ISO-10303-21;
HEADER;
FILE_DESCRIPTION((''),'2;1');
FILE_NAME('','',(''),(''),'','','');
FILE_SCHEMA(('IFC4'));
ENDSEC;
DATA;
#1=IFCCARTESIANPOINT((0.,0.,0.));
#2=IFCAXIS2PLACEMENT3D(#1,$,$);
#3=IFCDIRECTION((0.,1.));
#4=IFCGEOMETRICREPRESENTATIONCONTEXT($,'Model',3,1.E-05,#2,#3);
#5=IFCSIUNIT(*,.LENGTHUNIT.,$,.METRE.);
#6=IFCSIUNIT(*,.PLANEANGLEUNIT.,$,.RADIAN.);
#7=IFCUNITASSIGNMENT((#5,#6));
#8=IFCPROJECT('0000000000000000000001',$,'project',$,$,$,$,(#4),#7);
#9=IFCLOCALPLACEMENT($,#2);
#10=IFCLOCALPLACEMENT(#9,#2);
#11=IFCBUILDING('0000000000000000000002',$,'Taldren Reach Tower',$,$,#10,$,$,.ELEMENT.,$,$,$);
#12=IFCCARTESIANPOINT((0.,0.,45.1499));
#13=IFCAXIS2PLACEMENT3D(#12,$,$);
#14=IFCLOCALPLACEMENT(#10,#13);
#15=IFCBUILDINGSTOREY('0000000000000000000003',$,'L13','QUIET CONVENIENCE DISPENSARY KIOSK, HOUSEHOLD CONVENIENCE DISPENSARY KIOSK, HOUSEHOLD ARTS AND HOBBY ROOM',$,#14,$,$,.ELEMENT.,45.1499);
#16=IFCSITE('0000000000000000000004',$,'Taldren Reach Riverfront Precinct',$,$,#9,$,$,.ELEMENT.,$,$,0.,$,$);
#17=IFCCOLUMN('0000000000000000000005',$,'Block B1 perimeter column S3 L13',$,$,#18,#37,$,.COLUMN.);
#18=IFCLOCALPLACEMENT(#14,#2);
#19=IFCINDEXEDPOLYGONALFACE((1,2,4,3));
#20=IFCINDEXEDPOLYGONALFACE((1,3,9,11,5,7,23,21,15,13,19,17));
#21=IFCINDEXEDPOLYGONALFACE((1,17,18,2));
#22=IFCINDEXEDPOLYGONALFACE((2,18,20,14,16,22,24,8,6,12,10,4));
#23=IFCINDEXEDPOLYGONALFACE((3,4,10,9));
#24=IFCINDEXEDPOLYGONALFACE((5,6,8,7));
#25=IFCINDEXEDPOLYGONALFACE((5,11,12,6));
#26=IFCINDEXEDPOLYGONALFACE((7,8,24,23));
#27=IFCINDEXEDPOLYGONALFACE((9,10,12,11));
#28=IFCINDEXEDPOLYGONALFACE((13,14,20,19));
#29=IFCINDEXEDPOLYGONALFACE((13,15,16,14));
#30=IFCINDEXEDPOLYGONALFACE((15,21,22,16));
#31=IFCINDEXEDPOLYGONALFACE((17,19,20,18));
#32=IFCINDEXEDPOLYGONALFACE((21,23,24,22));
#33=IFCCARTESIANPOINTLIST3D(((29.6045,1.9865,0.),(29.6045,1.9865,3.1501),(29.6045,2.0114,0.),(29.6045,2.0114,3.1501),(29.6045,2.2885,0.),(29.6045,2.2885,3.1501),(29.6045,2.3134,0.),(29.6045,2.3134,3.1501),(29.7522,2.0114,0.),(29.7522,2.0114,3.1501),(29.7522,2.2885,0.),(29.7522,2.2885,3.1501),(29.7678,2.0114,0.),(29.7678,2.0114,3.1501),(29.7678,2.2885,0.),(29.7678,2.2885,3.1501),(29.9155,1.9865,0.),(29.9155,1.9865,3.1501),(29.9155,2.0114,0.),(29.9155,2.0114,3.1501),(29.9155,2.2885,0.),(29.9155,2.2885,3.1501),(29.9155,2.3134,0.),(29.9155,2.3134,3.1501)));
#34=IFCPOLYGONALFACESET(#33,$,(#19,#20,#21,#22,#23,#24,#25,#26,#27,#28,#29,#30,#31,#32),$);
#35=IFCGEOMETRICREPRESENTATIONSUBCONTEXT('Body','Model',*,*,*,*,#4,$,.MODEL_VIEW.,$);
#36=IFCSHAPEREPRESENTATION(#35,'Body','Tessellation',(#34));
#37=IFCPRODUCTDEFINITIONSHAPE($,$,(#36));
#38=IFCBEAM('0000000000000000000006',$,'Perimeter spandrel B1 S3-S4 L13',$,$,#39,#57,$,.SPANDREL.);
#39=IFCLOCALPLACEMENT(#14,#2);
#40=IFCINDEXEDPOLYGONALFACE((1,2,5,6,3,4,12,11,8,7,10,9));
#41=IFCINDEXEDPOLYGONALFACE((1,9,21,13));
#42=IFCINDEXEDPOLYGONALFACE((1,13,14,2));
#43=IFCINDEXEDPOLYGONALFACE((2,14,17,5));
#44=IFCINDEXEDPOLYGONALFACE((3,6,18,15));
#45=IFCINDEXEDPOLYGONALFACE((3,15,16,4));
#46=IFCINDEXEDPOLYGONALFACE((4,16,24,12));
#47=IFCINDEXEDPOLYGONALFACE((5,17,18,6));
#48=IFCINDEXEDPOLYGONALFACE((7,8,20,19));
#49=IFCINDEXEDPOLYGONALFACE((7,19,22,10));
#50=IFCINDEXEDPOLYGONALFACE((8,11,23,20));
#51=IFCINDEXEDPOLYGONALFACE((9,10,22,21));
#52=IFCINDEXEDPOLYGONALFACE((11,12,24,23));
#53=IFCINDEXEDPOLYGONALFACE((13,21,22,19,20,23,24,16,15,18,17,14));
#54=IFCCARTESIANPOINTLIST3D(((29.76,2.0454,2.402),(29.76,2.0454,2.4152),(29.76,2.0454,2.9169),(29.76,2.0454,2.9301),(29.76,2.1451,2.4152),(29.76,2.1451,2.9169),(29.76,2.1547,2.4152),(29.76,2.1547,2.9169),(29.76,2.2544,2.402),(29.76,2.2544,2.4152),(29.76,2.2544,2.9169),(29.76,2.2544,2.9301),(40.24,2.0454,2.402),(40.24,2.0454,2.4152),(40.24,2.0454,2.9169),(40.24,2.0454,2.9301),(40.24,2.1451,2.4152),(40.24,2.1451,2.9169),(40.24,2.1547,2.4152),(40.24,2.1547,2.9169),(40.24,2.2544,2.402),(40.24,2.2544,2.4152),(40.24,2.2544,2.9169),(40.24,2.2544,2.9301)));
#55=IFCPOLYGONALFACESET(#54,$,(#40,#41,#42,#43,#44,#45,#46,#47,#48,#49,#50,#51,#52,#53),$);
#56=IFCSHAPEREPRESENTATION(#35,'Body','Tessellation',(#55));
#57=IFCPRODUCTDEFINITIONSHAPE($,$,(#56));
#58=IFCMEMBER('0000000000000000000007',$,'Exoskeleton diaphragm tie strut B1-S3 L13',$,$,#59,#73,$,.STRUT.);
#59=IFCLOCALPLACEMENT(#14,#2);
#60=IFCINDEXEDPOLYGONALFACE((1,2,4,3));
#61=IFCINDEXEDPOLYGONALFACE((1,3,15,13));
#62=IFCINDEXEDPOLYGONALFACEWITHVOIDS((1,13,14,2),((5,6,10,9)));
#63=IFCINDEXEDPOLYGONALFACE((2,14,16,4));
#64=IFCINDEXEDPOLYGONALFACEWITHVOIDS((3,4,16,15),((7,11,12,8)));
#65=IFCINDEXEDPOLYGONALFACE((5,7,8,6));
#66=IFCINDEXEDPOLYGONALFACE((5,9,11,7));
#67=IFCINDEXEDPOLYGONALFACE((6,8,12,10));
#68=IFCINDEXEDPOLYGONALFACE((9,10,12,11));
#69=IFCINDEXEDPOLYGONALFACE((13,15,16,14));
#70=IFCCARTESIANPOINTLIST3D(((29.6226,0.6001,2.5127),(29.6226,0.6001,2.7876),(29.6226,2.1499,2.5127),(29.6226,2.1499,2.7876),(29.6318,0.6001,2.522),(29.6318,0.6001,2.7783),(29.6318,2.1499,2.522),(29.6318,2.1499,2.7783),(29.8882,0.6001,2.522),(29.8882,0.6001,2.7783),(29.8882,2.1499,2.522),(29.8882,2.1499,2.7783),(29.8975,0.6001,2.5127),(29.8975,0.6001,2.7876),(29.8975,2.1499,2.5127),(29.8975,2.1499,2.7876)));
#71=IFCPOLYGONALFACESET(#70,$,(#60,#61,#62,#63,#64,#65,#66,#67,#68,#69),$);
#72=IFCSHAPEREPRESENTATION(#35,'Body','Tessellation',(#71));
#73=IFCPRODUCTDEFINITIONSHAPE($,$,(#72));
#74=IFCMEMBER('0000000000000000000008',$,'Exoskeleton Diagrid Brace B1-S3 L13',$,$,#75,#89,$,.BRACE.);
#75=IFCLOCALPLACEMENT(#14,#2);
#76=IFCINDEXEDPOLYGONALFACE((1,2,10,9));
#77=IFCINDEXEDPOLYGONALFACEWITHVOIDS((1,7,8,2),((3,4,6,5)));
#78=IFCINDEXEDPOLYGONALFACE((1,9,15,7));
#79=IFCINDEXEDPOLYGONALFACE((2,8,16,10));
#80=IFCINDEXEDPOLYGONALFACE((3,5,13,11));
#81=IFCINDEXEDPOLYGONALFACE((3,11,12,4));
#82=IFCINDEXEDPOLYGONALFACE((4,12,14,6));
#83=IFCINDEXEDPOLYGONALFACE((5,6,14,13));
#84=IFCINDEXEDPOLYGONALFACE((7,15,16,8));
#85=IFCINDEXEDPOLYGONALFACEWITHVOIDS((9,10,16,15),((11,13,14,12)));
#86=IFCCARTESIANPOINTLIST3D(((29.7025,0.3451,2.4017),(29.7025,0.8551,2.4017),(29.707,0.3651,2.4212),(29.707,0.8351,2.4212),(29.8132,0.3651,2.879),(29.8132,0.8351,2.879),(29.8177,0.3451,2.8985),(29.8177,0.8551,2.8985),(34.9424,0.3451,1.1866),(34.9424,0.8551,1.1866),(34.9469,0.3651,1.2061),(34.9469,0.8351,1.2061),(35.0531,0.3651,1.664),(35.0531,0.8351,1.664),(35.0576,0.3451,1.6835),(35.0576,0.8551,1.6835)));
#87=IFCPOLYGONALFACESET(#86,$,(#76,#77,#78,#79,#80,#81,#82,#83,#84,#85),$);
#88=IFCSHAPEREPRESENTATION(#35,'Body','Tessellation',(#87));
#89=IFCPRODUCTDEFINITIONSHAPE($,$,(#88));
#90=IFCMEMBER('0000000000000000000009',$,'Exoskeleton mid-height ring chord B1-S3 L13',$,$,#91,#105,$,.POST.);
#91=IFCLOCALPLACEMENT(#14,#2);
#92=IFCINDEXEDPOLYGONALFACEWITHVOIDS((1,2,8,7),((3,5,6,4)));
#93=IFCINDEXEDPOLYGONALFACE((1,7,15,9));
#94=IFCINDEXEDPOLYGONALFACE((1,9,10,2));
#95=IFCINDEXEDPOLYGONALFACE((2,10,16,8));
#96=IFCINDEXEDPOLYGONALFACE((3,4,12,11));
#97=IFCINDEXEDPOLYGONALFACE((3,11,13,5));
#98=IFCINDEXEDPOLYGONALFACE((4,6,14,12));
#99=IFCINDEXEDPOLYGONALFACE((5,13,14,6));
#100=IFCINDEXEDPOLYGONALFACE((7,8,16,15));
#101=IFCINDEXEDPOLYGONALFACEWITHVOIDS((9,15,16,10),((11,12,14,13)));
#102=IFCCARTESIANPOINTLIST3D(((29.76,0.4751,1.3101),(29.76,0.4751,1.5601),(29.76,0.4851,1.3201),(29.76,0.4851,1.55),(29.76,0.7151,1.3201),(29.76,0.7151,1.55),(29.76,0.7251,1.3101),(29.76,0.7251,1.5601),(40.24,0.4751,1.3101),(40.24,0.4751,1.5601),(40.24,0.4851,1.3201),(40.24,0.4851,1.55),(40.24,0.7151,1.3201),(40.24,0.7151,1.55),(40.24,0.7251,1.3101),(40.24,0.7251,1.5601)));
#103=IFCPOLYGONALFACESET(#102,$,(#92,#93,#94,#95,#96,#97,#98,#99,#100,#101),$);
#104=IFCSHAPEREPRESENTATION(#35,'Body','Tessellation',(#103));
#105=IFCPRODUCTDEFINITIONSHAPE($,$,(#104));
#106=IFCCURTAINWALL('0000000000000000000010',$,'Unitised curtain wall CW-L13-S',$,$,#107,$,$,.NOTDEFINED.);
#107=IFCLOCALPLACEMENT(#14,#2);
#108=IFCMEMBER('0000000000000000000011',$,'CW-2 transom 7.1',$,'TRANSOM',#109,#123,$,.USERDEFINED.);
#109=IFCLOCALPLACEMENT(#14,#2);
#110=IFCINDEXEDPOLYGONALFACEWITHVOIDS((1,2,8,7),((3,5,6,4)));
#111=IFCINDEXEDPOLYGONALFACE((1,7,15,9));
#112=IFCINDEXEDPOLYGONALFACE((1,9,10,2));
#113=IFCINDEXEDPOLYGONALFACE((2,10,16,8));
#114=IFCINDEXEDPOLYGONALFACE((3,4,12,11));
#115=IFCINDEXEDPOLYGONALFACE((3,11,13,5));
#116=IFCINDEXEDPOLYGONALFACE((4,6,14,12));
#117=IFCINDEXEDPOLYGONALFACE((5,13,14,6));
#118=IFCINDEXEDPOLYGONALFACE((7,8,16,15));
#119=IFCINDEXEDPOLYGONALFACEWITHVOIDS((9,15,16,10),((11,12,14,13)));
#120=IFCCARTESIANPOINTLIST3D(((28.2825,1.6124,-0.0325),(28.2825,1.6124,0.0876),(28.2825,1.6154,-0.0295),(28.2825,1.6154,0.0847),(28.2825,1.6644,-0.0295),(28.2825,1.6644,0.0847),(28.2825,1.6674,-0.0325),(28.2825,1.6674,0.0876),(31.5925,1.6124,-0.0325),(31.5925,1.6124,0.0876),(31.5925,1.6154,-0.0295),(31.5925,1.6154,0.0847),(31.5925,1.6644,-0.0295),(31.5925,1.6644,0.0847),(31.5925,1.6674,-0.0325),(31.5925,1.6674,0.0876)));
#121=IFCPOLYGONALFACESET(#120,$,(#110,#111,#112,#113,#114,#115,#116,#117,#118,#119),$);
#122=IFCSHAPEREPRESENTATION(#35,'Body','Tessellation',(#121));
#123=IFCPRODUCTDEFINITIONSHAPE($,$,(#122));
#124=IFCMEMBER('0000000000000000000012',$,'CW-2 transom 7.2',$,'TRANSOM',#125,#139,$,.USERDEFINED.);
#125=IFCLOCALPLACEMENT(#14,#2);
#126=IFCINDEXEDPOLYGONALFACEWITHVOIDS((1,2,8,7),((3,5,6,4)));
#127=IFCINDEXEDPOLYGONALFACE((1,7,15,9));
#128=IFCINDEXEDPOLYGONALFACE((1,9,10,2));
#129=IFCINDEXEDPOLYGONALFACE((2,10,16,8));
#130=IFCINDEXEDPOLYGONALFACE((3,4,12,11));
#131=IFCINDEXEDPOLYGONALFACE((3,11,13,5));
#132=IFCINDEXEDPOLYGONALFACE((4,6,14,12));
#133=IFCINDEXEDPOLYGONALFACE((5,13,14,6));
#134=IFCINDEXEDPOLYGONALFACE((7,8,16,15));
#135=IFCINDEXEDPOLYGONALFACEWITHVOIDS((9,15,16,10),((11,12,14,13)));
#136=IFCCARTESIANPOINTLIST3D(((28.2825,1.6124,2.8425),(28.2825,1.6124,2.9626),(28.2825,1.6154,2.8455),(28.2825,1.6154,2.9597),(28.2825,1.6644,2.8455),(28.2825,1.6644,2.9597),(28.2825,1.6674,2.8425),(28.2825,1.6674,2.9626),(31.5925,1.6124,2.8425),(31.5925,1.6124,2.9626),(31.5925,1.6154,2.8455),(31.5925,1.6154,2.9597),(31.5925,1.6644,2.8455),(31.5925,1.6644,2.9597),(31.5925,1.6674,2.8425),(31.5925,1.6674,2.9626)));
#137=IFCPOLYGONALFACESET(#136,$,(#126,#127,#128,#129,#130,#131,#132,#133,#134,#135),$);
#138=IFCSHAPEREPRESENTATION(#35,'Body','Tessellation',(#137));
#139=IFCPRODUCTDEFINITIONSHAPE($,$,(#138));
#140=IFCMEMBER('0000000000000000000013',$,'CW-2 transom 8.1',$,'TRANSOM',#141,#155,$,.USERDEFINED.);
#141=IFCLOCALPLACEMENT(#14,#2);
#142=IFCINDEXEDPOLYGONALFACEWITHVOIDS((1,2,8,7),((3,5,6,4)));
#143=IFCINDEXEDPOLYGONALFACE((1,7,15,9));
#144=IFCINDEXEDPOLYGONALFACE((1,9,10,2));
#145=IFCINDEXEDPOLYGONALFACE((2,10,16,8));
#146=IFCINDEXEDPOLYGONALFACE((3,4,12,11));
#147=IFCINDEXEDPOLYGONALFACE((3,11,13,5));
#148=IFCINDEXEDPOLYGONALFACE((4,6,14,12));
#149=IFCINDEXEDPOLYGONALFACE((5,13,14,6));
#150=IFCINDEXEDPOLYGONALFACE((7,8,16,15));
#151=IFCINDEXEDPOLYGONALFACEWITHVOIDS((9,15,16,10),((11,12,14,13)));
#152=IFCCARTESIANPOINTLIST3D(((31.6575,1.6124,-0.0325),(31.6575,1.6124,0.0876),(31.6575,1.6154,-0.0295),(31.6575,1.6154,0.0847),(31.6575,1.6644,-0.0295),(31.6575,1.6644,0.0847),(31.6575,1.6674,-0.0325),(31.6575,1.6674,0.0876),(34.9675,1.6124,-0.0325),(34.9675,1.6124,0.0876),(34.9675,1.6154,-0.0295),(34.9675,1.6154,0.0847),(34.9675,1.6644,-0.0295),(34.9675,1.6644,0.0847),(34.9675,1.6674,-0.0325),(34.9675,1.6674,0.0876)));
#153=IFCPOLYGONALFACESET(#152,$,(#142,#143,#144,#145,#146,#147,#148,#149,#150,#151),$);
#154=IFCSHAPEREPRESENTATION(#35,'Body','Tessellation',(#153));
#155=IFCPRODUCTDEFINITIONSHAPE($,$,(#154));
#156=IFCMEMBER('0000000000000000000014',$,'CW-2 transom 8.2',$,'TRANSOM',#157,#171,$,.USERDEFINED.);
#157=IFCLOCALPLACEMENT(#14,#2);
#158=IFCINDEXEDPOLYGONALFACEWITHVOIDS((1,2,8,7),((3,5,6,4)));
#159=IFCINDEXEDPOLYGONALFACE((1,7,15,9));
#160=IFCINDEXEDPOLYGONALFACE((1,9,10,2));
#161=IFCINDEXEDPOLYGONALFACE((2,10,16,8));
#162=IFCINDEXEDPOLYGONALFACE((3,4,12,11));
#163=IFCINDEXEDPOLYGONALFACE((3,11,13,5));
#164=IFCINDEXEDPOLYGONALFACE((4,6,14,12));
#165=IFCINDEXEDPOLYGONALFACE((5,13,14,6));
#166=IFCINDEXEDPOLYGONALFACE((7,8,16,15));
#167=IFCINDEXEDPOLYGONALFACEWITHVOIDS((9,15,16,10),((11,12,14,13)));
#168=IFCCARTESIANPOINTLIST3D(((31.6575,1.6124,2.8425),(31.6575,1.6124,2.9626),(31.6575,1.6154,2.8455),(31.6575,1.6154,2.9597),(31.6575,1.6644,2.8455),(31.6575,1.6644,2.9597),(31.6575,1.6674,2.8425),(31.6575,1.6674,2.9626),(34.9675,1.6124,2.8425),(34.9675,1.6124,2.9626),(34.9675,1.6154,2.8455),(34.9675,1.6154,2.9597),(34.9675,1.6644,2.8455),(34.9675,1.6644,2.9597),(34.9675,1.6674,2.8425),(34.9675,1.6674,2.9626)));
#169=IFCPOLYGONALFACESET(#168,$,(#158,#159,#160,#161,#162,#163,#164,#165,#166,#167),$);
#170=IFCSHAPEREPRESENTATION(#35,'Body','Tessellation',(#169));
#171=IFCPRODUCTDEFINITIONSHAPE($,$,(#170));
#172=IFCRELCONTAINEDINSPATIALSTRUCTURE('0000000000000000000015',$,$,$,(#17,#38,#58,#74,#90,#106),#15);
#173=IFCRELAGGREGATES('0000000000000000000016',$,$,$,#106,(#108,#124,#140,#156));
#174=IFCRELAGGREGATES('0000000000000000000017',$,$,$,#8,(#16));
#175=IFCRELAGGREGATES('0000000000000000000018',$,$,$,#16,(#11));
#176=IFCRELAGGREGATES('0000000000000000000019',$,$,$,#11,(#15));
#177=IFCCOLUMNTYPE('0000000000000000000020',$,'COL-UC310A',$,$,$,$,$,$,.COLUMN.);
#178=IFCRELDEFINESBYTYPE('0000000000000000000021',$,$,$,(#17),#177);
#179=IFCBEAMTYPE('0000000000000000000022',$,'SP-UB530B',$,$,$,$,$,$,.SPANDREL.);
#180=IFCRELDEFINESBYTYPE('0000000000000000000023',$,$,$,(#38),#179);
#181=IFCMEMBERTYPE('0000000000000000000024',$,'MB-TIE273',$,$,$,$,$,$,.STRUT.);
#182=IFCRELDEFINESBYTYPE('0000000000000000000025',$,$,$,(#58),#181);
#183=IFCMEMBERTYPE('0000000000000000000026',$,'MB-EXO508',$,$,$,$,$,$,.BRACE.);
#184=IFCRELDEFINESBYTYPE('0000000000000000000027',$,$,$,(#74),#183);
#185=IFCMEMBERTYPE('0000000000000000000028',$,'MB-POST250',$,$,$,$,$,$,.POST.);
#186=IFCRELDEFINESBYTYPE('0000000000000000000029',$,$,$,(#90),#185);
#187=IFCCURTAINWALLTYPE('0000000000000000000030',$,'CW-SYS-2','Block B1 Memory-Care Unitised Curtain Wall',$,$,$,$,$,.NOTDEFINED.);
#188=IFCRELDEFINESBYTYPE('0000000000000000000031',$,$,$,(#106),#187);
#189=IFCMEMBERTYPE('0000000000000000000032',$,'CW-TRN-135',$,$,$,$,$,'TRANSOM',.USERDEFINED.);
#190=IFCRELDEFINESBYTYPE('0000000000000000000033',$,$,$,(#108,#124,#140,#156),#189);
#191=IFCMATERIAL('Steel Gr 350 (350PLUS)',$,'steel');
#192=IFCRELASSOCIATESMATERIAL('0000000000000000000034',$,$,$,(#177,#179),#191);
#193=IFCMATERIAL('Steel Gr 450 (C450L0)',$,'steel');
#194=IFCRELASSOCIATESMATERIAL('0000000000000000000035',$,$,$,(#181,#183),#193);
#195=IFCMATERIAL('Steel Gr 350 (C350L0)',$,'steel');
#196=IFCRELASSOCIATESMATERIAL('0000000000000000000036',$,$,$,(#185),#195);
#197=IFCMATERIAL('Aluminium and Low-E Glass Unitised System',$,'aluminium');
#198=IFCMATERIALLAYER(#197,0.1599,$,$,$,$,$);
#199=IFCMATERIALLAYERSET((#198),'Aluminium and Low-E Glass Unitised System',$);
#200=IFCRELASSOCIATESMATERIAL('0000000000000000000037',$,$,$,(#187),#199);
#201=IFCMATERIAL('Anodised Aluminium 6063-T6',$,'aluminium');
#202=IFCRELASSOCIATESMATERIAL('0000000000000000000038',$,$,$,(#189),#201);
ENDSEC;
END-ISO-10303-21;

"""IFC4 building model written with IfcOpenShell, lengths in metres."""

from ifc_helpers import new_model, si_unit, direction, frame, origin, origin_2d, place, context, subcontext, project, spatial, hollow_rectangle, i_section, extrude, source, transform, mapped, material, layer, layer_set, material_profile, profile_set, type_object, element, aggregate, save


model = new_model("IFC4")

# Units and contexts
model_context = context("Model", 3, precision=1e-05, world=origin(), true_north=direction((0.0, 1.0)))
body_context = subcontext(model_context, "Body", "Model", "MODEL_VIEW")
ifc_project = project(units=[si_unit("LENGTHUNIT", "METRE"), si_unit("PLANEANGLEUNIT", "RADIAN")], contexts=[model_context])

# Site, building, storey
site_placement = place(None, origin())
site = spatial("IfcSite", under=ifc_project, at=site_placement, Name="Taldren Reach Riverfront Precinct", CompositionType="ELEMENT", RefElevation=0.0)
building_placement = place(site_placement, origin())
building = spatial("IfcBuilding", under=site, at=building_placement, Name="Taldren Reach Tower", CompositionType="ELEMENT")
storey_placement = place(building_placement, frame((0.0, 0.0, 45.1499)))
storey = spatial("IfcBuildingStorey", under=building, at=storey_placement, Name="L13", Description="QUIET CONVENIENCE DISPENSARY KIOSK, HOUSEHOLD CONVENIENCE DISPENSARY KIOSK, HOUSEHOLD ARTS AND HOBBY ROOM", CompositionType="ELEMENT", Elevation=45.1499)

# Column
ifc_material_1 = material(Name="Steel Gr 350 (350PLUS)", Category="steel")
ifc_material_profile_1 = material_profile(ifc_material_1, i_section(OverallWidth=0.311, OverallDepth=0.3269, WebThickness=0.0156, FlangeThickness=0.0249, at=origin_2d()), Name="310UC158")
ifc_profile_set_1 = profile_set([ifc_material_profile_1], Name="Steel Gr 350 (350PLUS)")
column_type = type_object("IfcColumnType", Name="COL-UC310A", PredefinedType="COLUMN", material=ifc_profile_set_1)
shared_shape_1 = source(origin(), body_context, "Body", "SweptSolid", [
    extrude(i_section(OverallWidth=0.311, OverallDepth=0.3269, WebThickness=0.0156, FlangeThickness=0.0249, at=origin_2d()), origin(), (0.0, 0.0, 1.0), 3.1501),
])
column_placement = place(storey_placement, frame((29.76, 2.1499, 0.0), z_axis=(0.0, 0.0, 1.0), x_axis=(1.0, 0.0, 0.0)))
element("IfcColumn", 1, at=column_placement, inside=storey, type_object=column_type, Name="Block B1 perimeter column S3 L13", PredefinedType="COLUMN", context=body_context, shape_type="MappedRepresentation", body=[
    mapped(shared_shape_1, transform((0.0, 0.0, 0.0), scale=1.0)),
])

# Beam
ifc_material_profile_2 = material_profile(ifc_material_1, i_section(OverallWidth=0.209, OverallDepth=0.5281, WebThickness=0.0095, FlangeThickness=0.0132, at=origin_2d()), Name="530UB82.0")
ifc_profile_set_2 = profile_set([ifc_material_profile_2], Name="Steel Gr 350 (350PLUS)")
beam_type = type_object("IfcBeamType", Name="SP-UB530B", PredefinedType="SPANDREL", material=ifc_profile_set_2)
shared_shape_2 = source(origin(), body_context, "Body", "SweptSolid", [
    extrude(i_section(OverallWidth=0.209, OverallDepth=0.5281, WebThickness=0.0095, FlangeThickness=0.0132, at=origin_2d()), origin(), (0.0, 0.0, 1.0), 10.48),
])
beam_placement = place(storey_placement, frame((29.76, 2.1499, 2.666), z_axis=(1.0, 0.0, 0.0), x_axis=(0.0, 1.0, 0.0)))
element("IfcBeam", 2, at=beam_placement, inside=storey, type_object=beam_type, Name="Perimeter spandrel B1 S3-S4 L13", PredefinedType="SPANDREL", context=body_context, shape_type="MappedRepresentation", body=[
    mapped(shared_shape_2, transform((0.0, 0.0, 0.0), scale=1.0)),
])

# Members
ifc_material_2 = material(Name="Steel Gr 450 (C450L0)", Category="steel")
ifc_material_profile_3 = material_profile(ifc_material_2, hollow_rectangle(XDim=0.2749, YDim=0.2749, WallThickness=0.0093, at=origin_2d()), Name="275x275x9.3SHS")
ifc_profile_set_3 = profile_set([ifc_material_profile_3], Name="Steel Gr 450 (C450L0)")
member_type_1 = type_object("IfcMemberType", Name="MB-TIE273", PredefinedType="STRUT", material=ifc_profile_set_3)
shared_shape_3 = source(origin(), body_context, "Body", "SweptSolid", [
    extrude(hollow_rectangle(XDim=0.2749, YDim=0.2749, WallThickness=0.0093, at=origin_2d()), origin(), (0.0, 0.0, 1.0), 1.5498),
])
member_1_placement = place(storey_placement, frame((29.76, 2.1499, 2.6501), z_axis=(0.0, -1.0, 0.0), x_axis=(1.0, 0.0, 0.0)))
element("IfcMember", 3, at=member_1_placement, inside=storey, type_object=member_type_1, Name="Exoskeleton diaphragm tie strut B1-S3 L13", PredefinedType="STRUT", context=body_context, shape_type="MappedRepresentation", body=[
    mapped(shared_shape_3, transform((0.0, 0.0, 0.0), scale=1.0)),
])
ifc_material_profile_4 = material_profile(ifc_material_2, hollow_rectangle(XDim=0.51, YDim=0.51, WallThickness=0.02, at=origin_2d()), Name="510x510x20.0SHS")
ifc_profile_set_4 = profile_set([ifc_material_profile_4], Name="Steel Gr 450 (C450L0)")
member_type_2 = type_object("IfcMemberType", Name="MB-EXO508", PredefinedType="BRACE", material=ifc_profile_set_4)
shared_shape_4 = source(origin(), body_context, "Body", "SweptSolid", [
    extrude(hollow_rectangle(XDim=0.51, YDim=0.51, WallThickness=0.02, at=origin_2d()), origin(), (0.0, 0.0, 1.0), 5.3789),
])
member_2_placement = place(storey_placement, frame((35.0, 0.6001, 1.4351), z_axis=(-0.974152, 0.0, 0.225894), x_axis=(0.0, -1.0, 0.0)))
element("IfcMember", 4, at=member_2_placement, inside=storey, type_object=member_type_2, Name="Exoskeleton Diagrid Brace B1-S3 L13", PredefinedType="BRACE", context=body_context, shape_type="MappedRepresentation", body=[
    mapped(shared_shape_4, transform((0.0, 0.0, 0.0), scale=1.0)),
])
ifc_material_3 = material(Name="Steel Gr 350 (C350L0)", Category="steel")
ifc_material_profile_5 = material_profile(ifc_material_3, hollow_rectangle(XDim=0.25, YDim=0.25, WallThickness=0.01, at=origin_2d()), Name="250x250x10.0SHS")
ifc_profile_set_5 = profile_set([ifc_material_profile_5], Name="Steel Gr 350 (C350L0)")
member_type_3 = type_object("IfcMemberType", Name="MB-POST250", PredefinedType="POST", material=ifc_profile_set_5)
shared_shape_5 = source(origin(), body_context, "Body", "SweptSolid", [
    extrude(hollow_rectangle(XDim=0.25, YDim=0.25, WallThickness=0.01, at=origin_2d()), origin(), (0.0, 0.0, 1.0), 10.48),
])
member_3_placement = place(storey_placement, frame((29.76, 0.6001, 1.4351), z_axis=(1.0, 0.0, 0.0), x_axis=(0.0, 1.0, 0.0)))
element("IfcMember", 5, at=member_3_placement, inside=storey, type_object=member_type_3, Name="Exoskeleton mid-height ring chord B1-S3 L13", PredefinedType="POST", context=body_context, shape_type="MappedRepresentation", body=[
    mapped(shared_shape_5, transform((0.0, 0.0, 0.0), scale=1.0)),
])

# Curtain wall, members
ifc_material_4 = material(Name="Aluminium and Low-E Glass Unitised System", Category="aluminium")
ifc_layer_1 = layer(ifc_material_4, 0.1599)
ifc_layer_set_1 = layer_set([ifc_layer_1], Name="Aluminium and Low-E Glass Unitised System")
curtain_wall_type = type_object("IfcCurtainWallType", Name="CW-SYS-2", Description="Block B1 Memory-Care Unitised Curtain Wall", PredefinedType="NOTDEFINED", material=ifc_layer_set_1)
curtain_wall_placement = place(storey_placement, origin())
curtain_wall = element("IfcCurtainWall", 6, at=curtain_wall_placement, inside=storey, type_object=curtain_wall_type, Name="Unitised curtain wall CW-L13-S", PredefinedType="NOTDEFINED")
ifc_material_5 = material(Name="Anodised Aluminium 6063-T6", Category="aluminium")
ifc_material_profile_6 = material_profile(ifc_material_5, hollow_rectangle(XDim=0.0549, YDim=0.1201, WallThickness=0.0029, at=origin_2d()), Name="ALU-120x55x3RHS")
ifc_profile_set_6 = profile_set([ifc_material_profile_6], Name="Anodised Aluminium 6063-T6")
member_type_4 = type_object("IfcMemberType", Name="CW-TRN-135", ElementType="TRANSOM", PredefinedType="USERDEFINED", material=ifc_profile_set_6)
shared_shape_6 = source(origin(), body_context, "Body", "SweptSolid", [
    extrude(hollow_rectangle(XDim=0.0549, YDim=0.1201, WallThickness=0.0029, at=origin_2d()), origin(), (0.0, 0.0, 1.0), 3.3101),
])
member_4_placement = place(storey_placement, frame((28.2825, 1.6399, 0.0276), z_axis=(1.0, 0.0, 0.0), x_axis=(0.0, 1.0, 0.0)))
member_4 = element("IfcMember", 7, at=member_4_placement, type_object=member_type_4, Name="CW-2 transom 7.1", ObjectType="TRANSOM", PredefinedType="USERDEFINED", context=body_context, shape_type="MappedRepresentation", body=[
    mapped(shared_shape_6, transform((0.0, 0.0, 0.0), scale=1.0)),
])
member_5_placement = place(storey_placement, frame((28.2825, 1.6399, 2.9026), z_axis=(1.0, 0.0, 0.0), x_axis=(0.0, 1.0, 0.0)))
member_5 = element("IfcMember", 8, at=member_5_placement, type_object=member_type_4, Name="CW-2 transom 7.2", ObjectType="TRANSOM", PredefinedType="USERDEFINED", context=body_context, shape_type="MappedRepresentation", body=[
    mapped(shared_shape_6, transform((0.0, 0.0, 0.0), scale=1.0)),
])
member_6_placement = place(storey_placement, frame((31.6575, 1.6399, 0.0276), z_axis=(1.0, 0.0, 0.0), x_axis=(0.0, 1.0, 0.0)))
member_6 = element("IfcMember", 9, at=member_6_placement, type_object=member_type_4, Name="CW-2 transom 8.1", ObjectType="TRANSOM", PredefinedType="USERDEFINED", context=body_context, shape_type="MappedRepresentation", body=[
    mapped(shared_shape_6, transform((0.0, 0.0, 0.0), scale=1.0)),
])
member_7_placement = place(storey_placement, frame((31.6575, 1.6399, 2.9026), z_axis=(1.0, 0.0, 0.0), x_axis=(0.0, 1.0, 0.0)))
member_7 = element("IfcMember", 10, at=member_7_placement, type_object=member_type_4, Name="CW-2 transom 8.2", ObjectType="TRANSOM", PredefinedType="USERDEFINED", context=body_context, shape_type="MappedRepresentation", body=[
    mapped(shared_shape_6, transform((0.0, 0.0, 0.0), scale=1.0)),
])

aggregate(curtain_wall, [member_4, member_5, member_6, member_7])

save(model, "model.ifc")
